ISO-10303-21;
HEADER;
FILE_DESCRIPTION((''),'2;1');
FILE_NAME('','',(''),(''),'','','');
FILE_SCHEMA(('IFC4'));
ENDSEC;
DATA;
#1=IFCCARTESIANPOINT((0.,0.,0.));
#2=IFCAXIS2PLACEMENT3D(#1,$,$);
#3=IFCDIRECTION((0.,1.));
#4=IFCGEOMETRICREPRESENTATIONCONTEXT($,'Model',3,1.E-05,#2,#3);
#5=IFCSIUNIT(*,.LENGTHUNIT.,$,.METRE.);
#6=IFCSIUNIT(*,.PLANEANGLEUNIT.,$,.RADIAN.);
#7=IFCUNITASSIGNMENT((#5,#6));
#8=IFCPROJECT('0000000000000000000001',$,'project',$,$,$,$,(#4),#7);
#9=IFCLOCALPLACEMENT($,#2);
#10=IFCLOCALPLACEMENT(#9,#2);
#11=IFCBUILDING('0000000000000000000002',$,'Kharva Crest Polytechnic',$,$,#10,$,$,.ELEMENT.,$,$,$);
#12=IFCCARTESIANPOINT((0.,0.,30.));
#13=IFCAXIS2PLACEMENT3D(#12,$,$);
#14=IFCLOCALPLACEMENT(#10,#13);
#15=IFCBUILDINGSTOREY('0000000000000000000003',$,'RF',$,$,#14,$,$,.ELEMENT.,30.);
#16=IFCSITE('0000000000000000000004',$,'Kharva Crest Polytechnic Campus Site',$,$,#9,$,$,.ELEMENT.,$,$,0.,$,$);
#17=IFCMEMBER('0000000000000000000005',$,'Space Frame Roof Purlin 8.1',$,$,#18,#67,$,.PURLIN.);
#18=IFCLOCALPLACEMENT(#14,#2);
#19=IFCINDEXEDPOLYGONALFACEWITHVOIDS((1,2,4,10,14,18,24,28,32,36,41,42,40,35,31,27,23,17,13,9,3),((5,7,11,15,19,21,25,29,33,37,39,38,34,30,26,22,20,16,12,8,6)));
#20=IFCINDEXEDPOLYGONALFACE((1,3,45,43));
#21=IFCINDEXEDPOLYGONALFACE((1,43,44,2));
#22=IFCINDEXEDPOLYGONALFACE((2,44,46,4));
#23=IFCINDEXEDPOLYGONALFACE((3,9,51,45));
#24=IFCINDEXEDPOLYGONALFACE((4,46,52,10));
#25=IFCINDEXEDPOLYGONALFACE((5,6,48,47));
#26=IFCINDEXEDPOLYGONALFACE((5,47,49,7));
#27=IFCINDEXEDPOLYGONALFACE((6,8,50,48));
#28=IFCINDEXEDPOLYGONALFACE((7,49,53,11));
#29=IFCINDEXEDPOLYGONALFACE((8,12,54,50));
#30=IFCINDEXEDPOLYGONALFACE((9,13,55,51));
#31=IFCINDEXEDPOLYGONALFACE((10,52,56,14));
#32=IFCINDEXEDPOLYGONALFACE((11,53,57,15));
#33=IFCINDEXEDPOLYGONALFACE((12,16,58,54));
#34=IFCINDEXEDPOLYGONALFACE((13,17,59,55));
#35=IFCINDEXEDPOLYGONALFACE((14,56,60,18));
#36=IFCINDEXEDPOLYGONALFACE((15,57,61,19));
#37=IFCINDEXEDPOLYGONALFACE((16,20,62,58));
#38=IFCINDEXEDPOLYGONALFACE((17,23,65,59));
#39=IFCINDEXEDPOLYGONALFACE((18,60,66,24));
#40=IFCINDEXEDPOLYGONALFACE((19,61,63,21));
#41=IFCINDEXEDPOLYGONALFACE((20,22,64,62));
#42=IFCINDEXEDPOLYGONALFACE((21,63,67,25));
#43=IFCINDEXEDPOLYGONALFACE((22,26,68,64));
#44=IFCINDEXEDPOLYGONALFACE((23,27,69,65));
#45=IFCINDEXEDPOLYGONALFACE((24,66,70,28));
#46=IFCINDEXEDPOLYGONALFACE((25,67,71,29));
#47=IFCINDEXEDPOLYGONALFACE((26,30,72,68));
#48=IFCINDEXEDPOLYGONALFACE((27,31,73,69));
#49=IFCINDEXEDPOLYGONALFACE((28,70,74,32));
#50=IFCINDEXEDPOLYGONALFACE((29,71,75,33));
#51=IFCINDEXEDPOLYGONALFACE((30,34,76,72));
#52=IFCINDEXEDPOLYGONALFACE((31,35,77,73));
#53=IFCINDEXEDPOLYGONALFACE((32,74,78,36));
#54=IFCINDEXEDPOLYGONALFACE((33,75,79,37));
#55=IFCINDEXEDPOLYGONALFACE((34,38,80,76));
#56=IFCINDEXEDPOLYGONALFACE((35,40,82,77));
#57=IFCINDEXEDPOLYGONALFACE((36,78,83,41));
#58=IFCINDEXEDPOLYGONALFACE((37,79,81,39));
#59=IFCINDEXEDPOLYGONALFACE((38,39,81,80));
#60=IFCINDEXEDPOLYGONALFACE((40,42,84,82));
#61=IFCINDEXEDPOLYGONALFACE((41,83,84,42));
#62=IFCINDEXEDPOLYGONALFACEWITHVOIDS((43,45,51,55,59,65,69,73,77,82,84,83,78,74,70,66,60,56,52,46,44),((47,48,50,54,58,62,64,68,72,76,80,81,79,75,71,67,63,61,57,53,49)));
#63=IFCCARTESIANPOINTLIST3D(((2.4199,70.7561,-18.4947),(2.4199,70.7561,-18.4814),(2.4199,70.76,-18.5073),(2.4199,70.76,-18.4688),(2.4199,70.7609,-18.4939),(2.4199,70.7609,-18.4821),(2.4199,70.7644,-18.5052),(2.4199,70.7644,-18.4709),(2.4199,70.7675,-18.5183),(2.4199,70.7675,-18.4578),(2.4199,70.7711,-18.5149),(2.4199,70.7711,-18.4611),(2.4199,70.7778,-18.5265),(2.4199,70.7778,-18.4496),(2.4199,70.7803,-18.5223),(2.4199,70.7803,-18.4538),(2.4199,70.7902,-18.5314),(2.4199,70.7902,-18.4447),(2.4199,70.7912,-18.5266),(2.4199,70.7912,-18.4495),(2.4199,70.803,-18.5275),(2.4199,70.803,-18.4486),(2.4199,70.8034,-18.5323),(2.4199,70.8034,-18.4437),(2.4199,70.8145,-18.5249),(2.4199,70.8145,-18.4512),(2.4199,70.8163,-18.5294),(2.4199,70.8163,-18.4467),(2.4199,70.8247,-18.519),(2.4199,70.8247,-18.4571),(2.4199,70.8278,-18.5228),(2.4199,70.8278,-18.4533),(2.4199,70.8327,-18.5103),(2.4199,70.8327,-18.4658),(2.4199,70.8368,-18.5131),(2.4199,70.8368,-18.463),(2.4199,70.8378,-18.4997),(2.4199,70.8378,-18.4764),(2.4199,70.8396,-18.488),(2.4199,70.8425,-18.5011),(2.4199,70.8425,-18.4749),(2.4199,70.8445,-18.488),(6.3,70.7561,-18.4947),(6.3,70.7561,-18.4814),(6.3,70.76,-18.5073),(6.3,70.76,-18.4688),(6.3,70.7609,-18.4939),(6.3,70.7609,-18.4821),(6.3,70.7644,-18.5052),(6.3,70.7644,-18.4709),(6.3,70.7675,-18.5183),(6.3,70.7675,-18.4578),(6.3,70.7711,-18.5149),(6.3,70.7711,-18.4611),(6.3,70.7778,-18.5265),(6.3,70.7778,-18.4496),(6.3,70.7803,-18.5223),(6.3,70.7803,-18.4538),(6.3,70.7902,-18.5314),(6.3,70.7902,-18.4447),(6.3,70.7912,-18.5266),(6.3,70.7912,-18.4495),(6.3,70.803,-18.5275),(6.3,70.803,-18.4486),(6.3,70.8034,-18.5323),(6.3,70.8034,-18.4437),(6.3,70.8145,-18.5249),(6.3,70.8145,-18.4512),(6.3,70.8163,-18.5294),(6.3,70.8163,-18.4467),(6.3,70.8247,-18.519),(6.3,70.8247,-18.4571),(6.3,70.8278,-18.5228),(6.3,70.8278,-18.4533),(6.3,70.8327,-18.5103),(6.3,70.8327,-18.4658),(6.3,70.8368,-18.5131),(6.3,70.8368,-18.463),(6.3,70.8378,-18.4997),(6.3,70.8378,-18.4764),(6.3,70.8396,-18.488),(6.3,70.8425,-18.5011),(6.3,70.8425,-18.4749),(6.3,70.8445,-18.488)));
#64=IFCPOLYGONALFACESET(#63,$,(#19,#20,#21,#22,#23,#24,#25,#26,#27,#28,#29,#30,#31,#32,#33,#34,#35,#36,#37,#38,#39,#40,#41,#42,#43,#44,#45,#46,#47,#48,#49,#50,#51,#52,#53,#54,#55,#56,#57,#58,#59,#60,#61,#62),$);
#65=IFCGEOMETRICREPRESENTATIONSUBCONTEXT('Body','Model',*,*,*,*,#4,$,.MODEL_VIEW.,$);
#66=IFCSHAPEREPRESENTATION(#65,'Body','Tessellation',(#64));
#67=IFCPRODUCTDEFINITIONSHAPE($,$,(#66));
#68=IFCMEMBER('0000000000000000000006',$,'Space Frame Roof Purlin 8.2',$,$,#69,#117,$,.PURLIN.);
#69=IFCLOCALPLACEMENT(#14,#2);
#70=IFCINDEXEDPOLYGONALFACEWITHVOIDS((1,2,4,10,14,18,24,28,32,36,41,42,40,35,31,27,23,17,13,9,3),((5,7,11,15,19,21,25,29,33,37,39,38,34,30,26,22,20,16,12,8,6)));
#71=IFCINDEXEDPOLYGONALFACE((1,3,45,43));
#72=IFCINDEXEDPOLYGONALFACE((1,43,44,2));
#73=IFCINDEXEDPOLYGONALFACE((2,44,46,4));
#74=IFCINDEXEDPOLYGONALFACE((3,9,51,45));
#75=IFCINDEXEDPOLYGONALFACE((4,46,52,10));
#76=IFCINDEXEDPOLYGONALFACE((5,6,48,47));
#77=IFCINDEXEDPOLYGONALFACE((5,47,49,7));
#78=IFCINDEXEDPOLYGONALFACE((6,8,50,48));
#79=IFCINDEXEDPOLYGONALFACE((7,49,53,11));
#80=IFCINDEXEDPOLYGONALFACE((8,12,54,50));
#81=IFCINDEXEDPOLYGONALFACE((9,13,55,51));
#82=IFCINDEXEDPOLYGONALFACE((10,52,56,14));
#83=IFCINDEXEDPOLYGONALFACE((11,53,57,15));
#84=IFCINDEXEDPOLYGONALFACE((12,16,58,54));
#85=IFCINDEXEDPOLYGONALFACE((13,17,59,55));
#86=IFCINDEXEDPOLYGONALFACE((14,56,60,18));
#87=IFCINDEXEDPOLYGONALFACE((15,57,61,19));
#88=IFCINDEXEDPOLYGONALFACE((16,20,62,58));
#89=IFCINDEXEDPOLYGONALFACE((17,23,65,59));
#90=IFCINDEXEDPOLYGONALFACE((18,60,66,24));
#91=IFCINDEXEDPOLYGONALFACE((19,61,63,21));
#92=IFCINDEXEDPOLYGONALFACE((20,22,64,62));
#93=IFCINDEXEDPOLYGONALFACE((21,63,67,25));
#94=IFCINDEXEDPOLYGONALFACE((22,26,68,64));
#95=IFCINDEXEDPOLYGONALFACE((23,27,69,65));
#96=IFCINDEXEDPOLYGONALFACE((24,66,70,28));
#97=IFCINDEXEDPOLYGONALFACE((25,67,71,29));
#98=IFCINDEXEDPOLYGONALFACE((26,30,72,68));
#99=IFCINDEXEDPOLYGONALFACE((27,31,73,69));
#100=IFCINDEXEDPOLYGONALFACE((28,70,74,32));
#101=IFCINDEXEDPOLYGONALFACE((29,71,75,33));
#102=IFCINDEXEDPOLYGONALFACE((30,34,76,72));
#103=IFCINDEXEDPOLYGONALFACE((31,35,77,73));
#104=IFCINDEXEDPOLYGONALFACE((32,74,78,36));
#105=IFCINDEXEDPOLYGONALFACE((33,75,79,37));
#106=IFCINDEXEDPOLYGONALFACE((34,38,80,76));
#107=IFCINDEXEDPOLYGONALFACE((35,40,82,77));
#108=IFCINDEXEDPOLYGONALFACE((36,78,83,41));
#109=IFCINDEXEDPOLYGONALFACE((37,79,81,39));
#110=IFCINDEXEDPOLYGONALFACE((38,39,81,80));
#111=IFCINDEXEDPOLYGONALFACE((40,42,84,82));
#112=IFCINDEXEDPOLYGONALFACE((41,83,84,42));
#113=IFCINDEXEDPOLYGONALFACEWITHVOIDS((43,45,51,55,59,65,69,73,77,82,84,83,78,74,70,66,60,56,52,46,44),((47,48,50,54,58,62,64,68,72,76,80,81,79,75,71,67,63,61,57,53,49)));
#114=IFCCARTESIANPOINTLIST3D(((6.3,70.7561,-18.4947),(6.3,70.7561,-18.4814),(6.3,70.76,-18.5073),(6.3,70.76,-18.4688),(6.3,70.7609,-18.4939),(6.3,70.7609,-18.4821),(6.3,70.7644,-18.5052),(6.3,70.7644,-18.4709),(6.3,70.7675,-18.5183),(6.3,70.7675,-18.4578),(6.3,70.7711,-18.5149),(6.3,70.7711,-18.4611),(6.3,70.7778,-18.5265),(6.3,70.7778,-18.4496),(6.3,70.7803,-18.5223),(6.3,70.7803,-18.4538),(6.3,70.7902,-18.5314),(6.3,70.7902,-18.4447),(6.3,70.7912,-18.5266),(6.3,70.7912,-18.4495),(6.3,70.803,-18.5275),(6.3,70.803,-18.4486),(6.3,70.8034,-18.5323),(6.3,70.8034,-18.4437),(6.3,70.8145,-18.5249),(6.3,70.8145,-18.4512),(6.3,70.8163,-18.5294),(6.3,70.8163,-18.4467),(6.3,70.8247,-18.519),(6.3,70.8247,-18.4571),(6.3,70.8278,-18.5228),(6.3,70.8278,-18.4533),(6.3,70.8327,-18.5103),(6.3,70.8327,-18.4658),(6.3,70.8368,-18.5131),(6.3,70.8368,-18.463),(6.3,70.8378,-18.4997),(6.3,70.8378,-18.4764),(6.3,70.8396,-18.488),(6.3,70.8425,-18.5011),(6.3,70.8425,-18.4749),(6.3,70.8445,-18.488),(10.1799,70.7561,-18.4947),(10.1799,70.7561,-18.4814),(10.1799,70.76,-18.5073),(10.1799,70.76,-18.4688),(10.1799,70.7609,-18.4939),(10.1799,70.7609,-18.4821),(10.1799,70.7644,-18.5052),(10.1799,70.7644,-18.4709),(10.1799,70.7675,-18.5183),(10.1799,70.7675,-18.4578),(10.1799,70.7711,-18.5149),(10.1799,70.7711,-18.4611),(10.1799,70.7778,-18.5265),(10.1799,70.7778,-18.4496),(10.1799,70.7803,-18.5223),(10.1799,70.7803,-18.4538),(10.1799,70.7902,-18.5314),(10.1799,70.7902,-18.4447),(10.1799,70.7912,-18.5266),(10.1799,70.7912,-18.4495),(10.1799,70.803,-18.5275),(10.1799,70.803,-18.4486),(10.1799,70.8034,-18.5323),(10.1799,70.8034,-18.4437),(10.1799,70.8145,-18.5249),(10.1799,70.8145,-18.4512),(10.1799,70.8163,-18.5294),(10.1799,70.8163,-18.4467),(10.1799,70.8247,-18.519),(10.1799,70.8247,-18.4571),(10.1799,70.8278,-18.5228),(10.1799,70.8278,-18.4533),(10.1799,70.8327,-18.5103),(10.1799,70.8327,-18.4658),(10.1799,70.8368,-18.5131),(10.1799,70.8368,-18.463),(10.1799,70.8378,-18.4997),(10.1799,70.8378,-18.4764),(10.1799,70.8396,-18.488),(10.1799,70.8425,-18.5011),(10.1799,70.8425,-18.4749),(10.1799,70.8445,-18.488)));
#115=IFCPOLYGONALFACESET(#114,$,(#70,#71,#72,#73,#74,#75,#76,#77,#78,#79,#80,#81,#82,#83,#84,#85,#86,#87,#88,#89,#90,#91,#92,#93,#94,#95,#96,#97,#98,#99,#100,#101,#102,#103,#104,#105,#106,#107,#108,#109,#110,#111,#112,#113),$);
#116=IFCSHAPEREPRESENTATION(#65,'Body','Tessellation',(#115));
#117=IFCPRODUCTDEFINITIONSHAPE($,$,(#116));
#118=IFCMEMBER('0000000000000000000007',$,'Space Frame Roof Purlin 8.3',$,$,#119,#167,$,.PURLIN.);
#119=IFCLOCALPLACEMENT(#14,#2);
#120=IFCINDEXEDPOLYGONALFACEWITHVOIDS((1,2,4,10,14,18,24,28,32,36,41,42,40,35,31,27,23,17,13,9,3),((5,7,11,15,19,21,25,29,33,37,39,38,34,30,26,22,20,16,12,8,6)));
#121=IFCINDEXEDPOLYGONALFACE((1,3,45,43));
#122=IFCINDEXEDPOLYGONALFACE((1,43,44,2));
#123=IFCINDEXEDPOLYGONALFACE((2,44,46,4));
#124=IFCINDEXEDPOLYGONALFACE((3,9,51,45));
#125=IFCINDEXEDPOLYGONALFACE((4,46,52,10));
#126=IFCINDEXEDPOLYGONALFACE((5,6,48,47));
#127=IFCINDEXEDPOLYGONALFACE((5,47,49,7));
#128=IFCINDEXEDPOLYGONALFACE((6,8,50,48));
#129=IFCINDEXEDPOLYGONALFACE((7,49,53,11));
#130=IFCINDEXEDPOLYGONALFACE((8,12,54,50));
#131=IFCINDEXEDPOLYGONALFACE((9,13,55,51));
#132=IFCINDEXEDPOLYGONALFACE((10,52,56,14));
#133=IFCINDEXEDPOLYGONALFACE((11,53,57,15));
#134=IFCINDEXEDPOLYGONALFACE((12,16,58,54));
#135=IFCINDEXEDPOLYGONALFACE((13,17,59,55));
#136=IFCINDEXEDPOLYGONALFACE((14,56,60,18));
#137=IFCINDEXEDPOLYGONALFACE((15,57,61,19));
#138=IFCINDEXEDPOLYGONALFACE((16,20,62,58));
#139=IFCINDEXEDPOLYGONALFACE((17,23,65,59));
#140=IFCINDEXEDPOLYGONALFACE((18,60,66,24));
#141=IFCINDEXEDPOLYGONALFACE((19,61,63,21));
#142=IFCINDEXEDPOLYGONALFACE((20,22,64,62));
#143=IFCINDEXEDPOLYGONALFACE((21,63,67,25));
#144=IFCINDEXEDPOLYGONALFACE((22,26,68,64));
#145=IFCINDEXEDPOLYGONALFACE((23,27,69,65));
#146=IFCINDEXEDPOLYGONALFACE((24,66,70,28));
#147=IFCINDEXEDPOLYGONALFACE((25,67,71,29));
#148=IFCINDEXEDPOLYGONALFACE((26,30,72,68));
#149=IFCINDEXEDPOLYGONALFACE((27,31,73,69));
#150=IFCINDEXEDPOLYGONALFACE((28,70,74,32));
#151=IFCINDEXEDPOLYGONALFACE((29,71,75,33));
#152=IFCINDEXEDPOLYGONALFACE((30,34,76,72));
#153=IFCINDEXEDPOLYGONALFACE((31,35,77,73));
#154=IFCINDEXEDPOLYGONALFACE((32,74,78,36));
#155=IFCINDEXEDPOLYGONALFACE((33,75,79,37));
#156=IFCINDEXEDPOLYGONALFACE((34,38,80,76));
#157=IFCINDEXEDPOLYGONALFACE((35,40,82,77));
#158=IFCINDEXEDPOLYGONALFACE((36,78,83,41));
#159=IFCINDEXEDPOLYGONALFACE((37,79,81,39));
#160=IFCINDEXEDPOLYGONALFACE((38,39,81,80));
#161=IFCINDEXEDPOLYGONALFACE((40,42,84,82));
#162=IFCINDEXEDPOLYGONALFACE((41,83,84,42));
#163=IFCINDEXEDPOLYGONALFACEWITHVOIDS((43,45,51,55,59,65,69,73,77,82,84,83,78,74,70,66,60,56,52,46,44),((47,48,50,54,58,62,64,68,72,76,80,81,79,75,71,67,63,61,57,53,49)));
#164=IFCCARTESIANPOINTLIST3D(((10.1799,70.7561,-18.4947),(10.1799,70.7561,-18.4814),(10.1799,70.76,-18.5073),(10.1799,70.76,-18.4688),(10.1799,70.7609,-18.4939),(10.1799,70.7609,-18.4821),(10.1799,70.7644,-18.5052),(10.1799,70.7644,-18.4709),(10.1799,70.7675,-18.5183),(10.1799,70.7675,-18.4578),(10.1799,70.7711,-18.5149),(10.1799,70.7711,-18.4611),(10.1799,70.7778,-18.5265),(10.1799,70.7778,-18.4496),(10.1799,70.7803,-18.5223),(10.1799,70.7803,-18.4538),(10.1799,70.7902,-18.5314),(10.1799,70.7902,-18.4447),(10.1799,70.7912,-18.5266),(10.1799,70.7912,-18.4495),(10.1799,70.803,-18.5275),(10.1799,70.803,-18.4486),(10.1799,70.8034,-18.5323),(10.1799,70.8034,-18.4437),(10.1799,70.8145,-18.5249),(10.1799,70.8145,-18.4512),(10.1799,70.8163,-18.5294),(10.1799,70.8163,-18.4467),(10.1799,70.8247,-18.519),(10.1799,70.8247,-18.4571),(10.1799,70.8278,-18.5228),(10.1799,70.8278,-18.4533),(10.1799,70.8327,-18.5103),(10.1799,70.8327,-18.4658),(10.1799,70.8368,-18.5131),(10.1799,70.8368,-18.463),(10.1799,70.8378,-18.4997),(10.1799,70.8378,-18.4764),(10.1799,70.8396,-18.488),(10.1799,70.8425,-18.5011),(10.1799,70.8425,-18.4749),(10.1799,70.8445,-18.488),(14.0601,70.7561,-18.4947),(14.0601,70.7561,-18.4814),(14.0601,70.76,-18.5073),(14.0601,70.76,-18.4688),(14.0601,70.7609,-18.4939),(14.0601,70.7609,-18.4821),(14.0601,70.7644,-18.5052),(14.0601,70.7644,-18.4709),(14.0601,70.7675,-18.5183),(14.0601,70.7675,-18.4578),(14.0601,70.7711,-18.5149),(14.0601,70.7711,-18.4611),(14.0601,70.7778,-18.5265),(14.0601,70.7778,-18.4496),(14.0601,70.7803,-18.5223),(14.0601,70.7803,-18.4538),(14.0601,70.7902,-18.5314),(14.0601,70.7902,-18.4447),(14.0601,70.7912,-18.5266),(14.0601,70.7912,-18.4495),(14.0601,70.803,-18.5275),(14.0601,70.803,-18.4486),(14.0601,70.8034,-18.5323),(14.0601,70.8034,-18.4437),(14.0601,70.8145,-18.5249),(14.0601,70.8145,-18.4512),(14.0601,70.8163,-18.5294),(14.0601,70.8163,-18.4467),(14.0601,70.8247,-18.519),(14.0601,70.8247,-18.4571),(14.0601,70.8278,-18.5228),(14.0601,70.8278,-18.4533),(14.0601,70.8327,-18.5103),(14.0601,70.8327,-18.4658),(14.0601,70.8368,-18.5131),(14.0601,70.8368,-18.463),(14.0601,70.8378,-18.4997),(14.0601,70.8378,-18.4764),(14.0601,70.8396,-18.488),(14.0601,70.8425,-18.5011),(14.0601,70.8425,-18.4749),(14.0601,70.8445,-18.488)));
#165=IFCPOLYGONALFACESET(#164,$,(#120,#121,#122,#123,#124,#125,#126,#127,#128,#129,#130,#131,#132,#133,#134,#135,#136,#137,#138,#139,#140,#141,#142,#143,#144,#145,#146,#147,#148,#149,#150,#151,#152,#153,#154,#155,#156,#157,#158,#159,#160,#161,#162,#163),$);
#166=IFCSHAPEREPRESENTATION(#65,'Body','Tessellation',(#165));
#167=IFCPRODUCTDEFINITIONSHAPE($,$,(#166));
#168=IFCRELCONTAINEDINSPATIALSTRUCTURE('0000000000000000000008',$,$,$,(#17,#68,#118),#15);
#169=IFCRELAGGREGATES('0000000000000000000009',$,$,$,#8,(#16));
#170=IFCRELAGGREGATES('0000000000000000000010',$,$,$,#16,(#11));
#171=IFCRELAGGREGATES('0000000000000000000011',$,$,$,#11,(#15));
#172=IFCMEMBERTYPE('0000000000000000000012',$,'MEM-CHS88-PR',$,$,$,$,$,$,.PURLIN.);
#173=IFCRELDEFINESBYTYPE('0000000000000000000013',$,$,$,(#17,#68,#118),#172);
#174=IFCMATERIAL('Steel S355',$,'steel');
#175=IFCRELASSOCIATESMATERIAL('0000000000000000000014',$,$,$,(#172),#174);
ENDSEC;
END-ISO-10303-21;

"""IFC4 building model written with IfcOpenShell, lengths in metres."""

from ifc_helpers import new_model, si_unit, direction, frame, origin, origin_2d, place, context, subcontext, project, spatial, hollow_circle, extrude, material, material_profile, profile_set, type_object, element, save


model = new_model("IFC4")

# Units and contexts
model_context = context("Model", 3, precision=1e-05, world=origin(), true_north=direction((0.0, 1.0)))
body_context = subcontext(model_context, "Body", "Model", "MODEL_VIEW")
ifc_project = project(units=[si_unit("LENGTHUNIT", "METRE"), si_unit("PLANEANGLEUNIT", "RADIAN")], contexts=[model_context])

# Site, building, storey
site_placement = place(None, origin())
site = spatial("IfcSite", under=ifc_project, at=site_placement, Name="Kharva Crest Polytechnic Campus Site", CompositionType="ELEMENT", RefElevation=0.0)
building_placement = place(site_placement, origin())
building = spatial("IfcBuilding", under=site, at=building_placement, Name="Kharva Crest Polytechnic", CompositionType="ELEMENT")
storey_placement = place(building_placement, frame((0.0, 0.0, 30.0)))
storey = spatial("IfcBuildingStorey", under=building, at=storey_placement, Name="RF", CompositionType="ELEMENT", Elevation=30.0)

# Members
ifc_material = material(Name="Steel S355", Category="steel")
ifc_material_profile = material_profile(ifc_material, hollow_circle(Radius=0.0444, WallThickness=0.0049, at=origin_2d()), Name="CHS 88.9X5.0")
ifc_profile_set = profile_set([ifc_material_profile], Name="Steel S355")
member_type = type_object("IfcMemberType", Name="MEM-CHS88-PR", PredefinedType="PURLIN", material=ifc_profile_set)
for number, where, z_axis, x_axis, name in (
    (1, (2.4199, 70.8, -18.488), (1.0, 0.0, 0.0), (0.0, 1.0, 0.0), "Space Frame Roof Purlin 8.1"),
):
    element("IfcMember", number, at=place(storey_placement, frame(where, z_axis=z_axis, x_axis=x_axis)), inside=storey, type_object=member_type, Name=name, PredefinedType="PURLIN", context=body_context, shape_type="SweptSolid", body=[
        extrude(hollow_circle(Radius=0.0444, WallThickness=0.0049, at=origin_2d()), origin(), (0.0, 0.0, 1.0), 3.8801),
    ])
member_1_placement = place(storey_placement, frame((6.3, 70.8, -18.488), z_axis=(1.0, 0.0, 0.0), x_axis=(0.0, 1.0, 0.0)))
element("IfcMember", 2, at=member_1_placement, inside=storey, type_object=member_type, Name="Space Frame Roof Purlin 8.2", PredefinedType="PURLIN", context=body_context, shape_type="SweptSolid", body=[
    extrude(hollow_circle(Radius=0.0444, WallThickness=0.0049, at=origin_2d()), origin(), (0.0, 0.0, 1.0), 3.8799),
])
for number, where, z_axis, x_axis, name in (
    (3, (10.1799, 70.8, -18.488), (1.0, 0.0, 0.0), (0.0, 1.0, 0.0), "Space Frame Roof Purlin 8.3"),
):
    element("IfcMember", number, at=place(storey_placement, frame(where, z_axis=z_axis, x_axis=x_axis)), inside=storey, type_object=member_type, Name=name, PredefinedType="PURLIN", context=body_context, shape_type="SweptSolid", body=[
        extrude(hollow_circle(Radius=0.0444, WallThickness=0.0049, at=origin_2d()), origin(), (0.0, 0.0, 1.0), 3.8801),
    ])

save(model, "model.ifc")
